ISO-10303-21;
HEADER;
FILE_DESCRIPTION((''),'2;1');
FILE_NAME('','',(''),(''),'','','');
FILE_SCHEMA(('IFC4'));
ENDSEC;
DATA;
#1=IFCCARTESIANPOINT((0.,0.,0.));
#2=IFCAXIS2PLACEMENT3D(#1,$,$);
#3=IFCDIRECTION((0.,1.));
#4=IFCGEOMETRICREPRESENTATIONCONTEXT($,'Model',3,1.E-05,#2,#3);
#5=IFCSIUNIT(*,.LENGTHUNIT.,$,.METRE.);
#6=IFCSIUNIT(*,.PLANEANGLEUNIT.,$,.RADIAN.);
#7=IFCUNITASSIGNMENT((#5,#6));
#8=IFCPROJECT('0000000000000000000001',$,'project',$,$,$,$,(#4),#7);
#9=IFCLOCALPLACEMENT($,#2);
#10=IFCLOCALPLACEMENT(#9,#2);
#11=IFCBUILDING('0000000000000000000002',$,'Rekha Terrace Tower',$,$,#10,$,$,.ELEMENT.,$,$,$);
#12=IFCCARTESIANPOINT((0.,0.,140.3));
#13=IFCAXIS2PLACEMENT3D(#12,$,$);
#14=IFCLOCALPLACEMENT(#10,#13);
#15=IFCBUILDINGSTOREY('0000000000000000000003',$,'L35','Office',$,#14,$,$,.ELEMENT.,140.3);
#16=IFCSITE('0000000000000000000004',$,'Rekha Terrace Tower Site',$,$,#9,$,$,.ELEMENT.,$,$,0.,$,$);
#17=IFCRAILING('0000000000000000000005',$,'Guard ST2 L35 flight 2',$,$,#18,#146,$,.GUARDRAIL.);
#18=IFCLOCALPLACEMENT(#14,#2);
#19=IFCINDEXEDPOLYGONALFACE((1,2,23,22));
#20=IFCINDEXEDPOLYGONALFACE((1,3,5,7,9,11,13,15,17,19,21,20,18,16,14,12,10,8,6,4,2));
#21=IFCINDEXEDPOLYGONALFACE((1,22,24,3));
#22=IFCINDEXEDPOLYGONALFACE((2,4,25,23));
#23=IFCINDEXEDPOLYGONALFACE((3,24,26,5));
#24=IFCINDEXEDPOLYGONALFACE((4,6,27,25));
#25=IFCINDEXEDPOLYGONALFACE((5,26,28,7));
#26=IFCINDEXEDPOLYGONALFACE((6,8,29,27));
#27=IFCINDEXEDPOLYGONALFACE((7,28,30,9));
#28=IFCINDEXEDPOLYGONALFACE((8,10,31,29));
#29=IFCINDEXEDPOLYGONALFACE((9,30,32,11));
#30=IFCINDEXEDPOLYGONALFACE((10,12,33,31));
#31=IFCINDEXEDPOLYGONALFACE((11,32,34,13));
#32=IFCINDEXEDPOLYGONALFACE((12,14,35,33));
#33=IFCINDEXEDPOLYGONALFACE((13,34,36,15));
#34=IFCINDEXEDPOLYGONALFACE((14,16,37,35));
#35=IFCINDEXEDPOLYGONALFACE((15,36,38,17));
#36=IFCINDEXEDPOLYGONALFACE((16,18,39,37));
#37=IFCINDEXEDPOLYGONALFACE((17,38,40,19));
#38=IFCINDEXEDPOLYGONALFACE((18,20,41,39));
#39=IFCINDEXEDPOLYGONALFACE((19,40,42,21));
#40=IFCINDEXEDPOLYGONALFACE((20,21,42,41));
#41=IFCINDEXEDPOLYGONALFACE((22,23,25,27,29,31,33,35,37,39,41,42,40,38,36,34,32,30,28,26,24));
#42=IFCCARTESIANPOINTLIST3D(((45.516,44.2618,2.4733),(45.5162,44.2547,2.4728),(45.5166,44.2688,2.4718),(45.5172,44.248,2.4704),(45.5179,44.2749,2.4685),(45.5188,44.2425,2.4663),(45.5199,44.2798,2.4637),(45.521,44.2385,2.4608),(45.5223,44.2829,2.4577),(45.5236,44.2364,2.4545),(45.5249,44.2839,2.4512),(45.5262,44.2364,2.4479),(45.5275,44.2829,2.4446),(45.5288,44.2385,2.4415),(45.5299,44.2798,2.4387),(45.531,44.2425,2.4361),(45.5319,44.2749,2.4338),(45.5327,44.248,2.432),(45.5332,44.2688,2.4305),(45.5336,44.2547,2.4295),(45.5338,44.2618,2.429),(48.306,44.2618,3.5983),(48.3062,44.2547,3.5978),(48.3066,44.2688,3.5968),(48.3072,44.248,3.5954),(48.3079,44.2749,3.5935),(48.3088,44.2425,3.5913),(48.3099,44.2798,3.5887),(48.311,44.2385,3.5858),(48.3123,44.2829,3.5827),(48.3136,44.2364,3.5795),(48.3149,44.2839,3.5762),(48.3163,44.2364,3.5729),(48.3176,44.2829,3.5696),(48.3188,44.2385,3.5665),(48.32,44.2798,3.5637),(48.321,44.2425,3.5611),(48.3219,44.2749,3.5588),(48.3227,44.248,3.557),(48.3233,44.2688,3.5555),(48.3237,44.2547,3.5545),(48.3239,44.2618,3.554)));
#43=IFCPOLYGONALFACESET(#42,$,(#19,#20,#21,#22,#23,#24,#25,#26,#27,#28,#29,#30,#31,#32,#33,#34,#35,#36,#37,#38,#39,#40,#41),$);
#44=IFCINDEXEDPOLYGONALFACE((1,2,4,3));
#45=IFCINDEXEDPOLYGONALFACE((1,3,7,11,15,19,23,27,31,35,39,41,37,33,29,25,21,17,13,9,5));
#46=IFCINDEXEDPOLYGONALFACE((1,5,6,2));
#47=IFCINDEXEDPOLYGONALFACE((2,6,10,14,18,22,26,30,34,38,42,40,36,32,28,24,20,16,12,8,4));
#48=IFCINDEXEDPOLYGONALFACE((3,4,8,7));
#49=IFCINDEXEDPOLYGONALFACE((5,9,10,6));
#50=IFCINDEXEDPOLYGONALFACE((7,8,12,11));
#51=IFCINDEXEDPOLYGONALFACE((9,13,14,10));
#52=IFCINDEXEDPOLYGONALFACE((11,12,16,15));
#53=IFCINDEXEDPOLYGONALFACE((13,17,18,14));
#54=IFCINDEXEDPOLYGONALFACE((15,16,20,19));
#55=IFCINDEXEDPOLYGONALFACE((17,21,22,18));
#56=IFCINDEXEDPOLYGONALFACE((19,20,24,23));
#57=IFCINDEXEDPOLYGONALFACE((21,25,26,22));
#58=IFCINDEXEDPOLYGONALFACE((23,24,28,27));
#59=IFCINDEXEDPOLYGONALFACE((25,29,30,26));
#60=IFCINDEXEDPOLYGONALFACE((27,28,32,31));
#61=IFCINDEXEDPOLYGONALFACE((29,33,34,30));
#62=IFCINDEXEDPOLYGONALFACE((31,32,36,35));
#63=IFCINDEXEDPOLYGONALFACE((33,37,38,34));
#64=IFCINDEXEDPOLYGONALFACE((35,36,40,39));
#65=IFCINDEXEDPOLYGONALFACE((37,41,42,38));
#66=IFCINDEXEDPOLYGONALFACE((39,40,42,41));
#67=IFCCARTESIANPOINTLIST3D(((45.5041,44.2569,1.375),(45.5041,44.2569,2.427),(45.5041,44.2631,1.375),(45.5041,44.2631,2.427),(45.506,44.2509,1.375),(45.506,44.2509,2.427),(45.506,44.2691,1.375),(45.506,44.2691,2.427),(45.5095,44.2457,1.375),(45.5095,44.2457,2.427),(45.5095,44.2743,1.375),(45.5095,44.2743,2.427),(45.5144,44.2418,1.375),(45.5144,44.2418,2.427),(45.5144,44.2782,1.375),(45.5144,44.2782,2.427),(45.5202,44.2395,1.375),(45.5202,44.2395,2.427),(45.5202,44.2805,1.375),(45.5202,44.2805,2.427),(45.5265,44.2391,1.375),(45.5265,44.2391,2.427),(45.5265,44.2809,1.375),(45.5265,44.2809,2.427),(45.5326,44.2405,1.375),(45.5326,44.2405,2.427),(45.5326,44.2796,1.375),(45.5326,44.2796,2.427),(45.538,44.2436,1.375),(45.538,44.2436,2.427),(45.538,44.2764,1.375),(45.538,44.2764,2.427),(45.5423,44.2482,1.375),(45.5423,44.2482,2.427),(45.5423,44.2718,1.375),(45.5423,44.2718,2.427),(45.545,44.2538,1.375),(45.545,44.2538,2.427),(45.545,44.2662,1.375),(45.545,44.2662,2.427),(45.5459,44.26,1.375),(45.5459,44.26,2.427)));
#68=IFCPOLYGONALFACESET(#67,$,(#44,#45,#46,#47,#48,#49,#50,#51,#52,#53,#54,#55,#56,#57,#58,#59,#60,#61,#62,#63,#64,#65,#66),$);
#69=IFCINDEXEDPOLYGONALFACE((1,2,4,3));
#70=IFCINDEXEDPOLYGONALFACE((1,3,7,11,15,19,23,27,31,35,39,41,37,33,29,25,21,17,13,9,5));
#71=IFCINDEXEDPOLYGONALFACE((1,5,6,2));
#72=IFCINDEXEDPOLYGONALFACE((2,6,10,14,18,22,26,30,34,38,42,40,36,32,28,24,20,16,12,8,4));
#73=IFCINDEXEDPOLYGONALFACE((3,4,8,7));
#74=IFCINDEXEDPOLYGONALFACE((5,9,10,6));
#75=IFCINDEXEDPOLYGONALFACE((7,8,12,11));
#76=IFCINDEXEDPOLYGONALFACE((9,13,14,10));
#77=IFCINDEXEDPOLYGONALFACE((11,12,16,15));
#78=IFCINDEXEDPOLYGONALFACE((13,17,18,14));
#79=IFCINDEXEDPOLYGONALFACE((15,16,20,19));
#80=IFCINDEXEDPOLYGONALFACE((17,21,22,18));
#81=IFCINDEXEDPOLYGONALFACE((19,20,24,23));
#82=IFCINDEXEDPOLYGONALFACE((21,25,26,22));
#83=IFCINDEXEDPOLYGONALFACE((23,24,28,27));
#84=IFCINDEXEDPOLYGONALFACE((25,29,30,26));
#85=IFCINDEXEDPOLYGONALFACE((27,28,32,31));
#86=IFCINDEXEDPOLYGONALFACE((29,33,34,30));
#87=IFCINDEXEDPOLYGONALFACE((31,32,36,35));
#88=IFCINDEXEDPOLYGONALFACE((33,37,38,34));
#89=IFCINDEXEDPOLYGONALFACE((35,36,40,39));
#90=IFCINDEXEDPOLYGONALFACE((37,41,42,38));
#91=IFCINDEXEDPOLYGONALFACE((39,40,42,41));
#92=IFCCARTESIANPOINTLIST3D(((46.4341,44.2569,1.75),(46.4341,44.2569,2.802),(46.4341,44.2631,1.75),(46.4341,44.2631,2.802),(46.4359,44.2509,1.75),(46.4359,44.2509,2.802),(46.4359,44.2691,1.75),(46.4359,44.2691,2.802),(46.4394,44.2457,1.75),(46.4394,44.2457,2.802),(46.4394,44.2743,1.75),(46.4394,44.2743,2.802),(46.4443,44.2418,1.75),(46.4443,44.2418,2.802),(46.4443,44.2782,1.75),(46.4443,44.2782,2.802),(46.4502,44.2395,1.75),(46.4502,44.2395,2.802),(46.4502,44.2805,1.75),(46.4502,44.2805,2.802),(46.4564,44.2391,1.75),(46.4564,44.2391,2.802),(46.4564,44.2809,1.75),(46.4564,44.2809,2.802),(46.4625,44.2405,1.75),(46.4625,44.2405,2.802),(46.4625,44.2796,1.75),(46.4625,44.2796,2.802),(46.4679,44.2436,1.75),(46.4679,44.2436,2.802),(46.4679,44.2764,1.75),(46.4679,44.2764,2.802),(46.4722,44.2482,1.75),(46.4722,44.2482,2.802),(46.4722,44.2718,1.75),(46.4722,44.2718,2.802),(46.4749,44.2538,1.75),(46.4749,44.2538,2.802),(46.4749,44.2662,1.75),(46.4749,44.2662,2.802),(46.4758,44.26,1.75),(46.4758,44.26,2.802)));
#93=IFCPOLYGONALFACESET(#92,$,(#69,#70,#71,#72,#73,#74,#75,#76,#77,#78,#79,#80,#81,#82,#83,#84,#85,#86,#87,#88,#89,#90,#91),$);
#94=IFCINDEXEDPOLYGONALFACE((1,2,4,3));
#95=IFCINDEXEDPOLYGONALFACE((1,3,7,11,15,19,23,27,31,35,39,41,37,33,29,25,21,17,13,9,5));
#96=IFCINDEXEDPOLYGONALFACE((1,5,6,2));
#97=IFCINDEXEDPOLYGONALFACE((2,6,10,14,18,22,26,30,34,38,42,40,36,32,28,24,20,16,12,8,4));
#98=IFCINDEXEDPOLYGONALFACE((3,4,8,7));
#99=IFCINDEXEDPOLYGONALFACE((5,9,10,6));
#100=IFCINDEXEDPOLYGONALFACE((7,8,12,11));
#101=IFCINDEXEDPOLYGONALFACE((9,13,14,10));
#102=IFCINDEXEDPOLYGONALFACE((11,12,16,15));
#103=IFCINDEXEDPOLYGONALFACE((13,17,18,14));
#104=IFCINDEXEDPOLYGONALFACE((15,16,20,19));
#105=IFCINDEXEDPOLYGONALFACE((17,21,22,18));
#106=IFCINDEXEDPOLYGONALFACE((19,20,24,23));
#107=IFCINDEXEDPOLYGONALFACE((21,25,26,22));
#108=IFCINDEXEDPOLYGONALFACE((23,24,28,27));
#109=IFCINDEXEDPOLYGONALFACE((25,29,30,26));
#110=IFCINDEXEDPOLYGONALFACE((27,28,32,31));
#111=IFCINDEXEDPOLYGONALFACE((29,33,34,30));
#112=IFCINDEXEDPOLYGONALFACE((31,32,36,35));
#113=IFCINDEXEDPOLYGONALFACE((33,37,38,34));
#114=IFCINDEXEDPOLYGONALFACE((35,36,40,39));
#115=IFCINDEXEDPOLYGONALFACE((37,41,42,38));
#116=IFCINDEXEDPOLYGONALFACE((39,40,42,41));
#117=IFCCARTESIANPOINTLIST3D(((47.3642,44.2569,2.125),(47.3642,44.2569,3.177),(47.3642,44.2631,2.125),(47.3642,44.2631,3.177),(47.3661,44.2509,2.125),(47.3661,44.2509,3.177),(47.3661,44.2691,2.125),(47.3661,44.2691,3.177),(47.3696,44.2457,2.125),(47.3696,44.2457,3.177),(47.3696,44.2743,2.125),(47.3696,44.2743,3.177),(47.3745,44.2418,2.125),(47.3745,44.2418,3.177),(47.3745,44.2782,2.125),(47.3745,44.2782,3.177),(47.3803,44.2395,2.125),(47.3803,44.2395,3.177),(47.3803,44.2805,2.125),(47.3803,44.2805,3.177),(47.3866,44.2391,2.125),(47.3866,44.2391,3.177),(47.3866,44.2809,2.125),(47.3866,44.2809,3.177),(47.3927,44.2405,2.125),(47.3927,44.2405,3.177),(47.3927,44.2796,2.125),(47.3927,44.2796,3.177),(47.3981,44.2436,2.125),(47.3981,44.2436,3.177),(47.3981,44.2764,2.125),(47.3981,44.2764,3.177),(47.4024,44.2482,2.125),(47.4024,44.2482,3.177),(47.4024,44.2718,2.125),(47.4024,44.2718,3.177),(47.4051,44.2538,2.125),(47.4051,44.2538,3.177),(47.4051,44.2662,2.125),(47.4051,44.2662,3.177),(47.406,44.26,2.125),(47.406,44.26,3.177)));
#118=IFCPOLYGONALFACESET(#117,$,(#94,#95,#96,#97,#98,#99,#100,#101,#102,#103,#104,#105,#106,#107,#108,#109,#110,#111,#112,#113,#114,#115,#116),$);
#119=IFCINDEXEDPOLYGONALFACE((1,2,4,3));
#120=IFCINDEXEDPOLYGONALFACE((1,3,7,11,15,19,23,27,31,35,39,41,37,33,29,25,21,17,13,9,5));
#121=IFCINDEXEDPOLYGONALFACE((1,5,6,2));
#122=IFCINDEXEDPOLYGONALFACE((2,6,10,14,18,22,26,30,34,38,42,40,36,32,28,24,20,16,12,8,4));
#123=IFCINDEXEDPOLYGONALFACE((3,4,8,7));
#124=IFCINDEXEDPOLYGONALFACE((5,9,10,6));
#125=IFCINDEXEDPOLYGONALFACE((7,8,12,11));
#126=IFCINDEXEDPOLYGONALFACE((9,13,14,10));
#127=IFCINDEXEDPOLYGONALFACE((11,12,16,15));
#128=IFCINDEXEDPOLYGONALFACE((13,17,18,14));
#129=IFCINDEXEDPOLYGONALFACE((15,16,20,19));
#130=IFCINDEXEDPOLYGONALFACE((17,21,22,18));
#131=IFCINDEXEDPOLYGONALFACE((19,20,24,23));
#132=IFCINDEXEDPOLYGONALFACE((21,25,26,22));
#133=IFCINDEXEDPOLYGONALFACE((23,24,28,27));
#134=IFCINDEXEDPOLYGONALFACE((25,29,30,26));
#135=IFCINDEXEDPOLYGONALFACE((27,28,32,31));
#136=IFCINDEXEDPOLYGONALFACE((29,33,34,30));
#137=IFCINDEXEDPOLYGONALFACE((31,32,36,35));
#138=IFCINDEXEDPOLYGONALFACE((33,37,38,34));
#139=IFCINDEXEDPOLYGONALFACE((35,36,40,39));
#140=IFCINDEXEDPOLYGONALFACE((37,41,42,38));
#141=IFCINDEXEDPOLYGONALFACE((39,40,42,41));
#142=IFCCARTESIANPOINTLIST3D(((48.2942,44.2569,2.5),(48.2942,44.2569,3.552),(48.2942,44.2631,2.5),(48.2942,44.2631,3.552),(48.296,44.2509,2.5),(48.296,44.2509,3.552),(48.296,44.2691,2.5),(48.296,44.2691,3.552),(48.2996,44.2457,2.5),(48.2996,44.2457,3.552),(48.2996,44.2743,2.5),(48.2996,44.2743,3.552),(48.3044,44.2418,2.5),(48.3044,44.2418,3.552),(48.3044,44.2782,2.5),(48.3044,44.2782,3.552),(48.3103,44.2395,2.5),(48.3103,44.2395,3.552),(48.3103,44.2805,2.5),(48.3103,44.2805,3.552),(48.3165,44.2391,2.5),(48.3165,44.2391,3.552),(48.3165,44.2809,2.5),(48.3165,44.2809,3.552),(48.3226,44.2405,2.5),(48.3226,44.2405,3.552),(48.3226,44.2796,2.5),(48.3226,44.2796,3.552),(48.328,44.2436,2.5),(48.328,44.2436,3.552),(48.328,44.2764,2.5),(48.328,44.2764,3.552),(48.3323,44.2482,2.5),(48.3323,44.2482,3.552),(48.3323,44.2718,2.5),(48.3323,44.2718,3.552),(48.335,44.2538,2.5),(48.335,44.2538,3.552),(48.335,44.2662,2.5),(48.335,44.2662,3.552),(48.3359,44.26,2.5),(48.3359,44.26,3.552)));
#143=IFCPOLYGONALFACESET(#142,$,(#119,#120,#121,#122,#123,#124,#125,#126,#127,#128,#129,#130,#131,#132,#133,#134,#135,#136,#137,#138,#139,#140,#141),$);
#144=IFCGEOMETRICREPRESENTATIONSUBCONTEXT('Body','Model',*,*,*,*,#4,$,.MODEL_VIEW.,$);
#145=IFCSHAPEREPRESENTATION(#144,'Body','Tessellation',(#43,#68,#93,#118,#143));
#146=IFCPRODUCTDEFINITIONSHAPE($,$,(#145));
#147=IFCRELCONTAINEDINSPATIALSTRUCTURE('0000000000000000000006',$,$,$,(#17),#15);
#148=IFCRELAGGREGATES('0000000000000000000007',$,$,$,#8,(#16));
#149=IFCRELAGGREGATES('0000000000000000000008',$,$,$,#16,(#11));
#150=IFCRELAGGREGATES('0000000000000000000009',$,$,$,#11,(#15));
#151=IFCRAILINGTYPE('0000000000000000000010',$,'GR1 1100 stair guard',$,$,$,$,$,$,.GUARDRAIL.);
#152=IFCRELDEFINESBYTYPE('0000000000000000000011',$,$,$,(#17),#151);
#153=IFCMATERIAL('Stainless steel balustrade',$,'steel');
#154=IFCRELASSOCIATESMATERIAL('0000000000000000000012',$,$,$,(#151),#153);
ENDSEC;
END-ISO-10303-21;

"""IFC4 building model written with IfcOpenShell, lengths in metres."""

from ifc_helpers import new_model, si_unit, direction, frame, origin, origin_2d, place, context, subcontext, project, spatial, circle, extrude, material, type_object, element, save


model = new_model("IFC4")

# Units and contexts
model_context = context("Model", 3, precision=1e-05, world=origin(), true_north=direction((0.0, 1.0)))
body_context = subcontext(model_context, "Body", "Model", "MODEL_VIEW")
ifc_project = project(units=[si_unit("LENGTHUNIT", "METRE"), si_unit("PLANEANGLEUNIT", "RADIAN")], contexts=[model_context])

# Site, building, storey
site_placement = place(None, origin())
site = spatial("IfcSite", under=ifc_project, at=site_placement, Name="Rekha Terrace Tower Site", CompositionType="ELEMENT", RefElevation=0.0)
building_placement = place(site_placement, origin())
building = spatial("IfcBuilding", under=site, at=building_placement, Name="Rekha Terrace Tower", CompositionType="ELEMENT")
storey_placement = place(building_placement, frame((0.0, 0.0, 140.3)))
storey = spatial("IfcBuildingStorey", under=building, at=storey_placement, Name="L35", Description="Office", CompositionType="ELEMENT", Elevation=140.3)

# Railing
ifc_material_1 = material(Name="Stainless steel balustrade", Category="steel")
railing_type_1 = type_object("IfcRailingType", Name="GR1 1100 stair guard", PredefinedType="GUARDRAIL", material=ifc_material_1)
railing_1_placement = place(storey_placement, frame((45.5249, 44.26, 1.375)))
element("IfcRailing", 1, at=railing_1_placement, inside=storey, type_object=railing_type_1, Name="Guard ST2 L35 flight 2", PredefinedType="GUARDRAIL", context=body_context, shape_type="SweptSolid", body=[
    extrude(circle(Radius=0.0239, at=origin_2d()), frame((0.0, 0.0, 1.0762), z_axis=(0.927443, 0.0, 0.373964), x_axis=(0.0, 1.0, 0.0)), (0.0, 0.0, 1.0), 3.0083),
    extrude(circle(Radius=0.021, at=origin_2d()), origin(), (0.0, 0.0, 1.0), 1.052),
    extrude(circle(Radius=0.021, at=origin_2d()), frame((0.9299, 0.0, 0.375)), (0.0, 0.0, 1.0), 1.052),
    extrude(circle(Radius=0.021, at=origin_2d()), frame((1.8601, 0.0, 0.75)), (0.0, 0.0, 1.0), 1.052),
    extrude(circle(Radius=0.021, at=origin_2d()), frame((2.79, 0.0, 1.125)), (0.0, 0.0, 1.0), 1.052),
])

save(model, "model.ifc")
